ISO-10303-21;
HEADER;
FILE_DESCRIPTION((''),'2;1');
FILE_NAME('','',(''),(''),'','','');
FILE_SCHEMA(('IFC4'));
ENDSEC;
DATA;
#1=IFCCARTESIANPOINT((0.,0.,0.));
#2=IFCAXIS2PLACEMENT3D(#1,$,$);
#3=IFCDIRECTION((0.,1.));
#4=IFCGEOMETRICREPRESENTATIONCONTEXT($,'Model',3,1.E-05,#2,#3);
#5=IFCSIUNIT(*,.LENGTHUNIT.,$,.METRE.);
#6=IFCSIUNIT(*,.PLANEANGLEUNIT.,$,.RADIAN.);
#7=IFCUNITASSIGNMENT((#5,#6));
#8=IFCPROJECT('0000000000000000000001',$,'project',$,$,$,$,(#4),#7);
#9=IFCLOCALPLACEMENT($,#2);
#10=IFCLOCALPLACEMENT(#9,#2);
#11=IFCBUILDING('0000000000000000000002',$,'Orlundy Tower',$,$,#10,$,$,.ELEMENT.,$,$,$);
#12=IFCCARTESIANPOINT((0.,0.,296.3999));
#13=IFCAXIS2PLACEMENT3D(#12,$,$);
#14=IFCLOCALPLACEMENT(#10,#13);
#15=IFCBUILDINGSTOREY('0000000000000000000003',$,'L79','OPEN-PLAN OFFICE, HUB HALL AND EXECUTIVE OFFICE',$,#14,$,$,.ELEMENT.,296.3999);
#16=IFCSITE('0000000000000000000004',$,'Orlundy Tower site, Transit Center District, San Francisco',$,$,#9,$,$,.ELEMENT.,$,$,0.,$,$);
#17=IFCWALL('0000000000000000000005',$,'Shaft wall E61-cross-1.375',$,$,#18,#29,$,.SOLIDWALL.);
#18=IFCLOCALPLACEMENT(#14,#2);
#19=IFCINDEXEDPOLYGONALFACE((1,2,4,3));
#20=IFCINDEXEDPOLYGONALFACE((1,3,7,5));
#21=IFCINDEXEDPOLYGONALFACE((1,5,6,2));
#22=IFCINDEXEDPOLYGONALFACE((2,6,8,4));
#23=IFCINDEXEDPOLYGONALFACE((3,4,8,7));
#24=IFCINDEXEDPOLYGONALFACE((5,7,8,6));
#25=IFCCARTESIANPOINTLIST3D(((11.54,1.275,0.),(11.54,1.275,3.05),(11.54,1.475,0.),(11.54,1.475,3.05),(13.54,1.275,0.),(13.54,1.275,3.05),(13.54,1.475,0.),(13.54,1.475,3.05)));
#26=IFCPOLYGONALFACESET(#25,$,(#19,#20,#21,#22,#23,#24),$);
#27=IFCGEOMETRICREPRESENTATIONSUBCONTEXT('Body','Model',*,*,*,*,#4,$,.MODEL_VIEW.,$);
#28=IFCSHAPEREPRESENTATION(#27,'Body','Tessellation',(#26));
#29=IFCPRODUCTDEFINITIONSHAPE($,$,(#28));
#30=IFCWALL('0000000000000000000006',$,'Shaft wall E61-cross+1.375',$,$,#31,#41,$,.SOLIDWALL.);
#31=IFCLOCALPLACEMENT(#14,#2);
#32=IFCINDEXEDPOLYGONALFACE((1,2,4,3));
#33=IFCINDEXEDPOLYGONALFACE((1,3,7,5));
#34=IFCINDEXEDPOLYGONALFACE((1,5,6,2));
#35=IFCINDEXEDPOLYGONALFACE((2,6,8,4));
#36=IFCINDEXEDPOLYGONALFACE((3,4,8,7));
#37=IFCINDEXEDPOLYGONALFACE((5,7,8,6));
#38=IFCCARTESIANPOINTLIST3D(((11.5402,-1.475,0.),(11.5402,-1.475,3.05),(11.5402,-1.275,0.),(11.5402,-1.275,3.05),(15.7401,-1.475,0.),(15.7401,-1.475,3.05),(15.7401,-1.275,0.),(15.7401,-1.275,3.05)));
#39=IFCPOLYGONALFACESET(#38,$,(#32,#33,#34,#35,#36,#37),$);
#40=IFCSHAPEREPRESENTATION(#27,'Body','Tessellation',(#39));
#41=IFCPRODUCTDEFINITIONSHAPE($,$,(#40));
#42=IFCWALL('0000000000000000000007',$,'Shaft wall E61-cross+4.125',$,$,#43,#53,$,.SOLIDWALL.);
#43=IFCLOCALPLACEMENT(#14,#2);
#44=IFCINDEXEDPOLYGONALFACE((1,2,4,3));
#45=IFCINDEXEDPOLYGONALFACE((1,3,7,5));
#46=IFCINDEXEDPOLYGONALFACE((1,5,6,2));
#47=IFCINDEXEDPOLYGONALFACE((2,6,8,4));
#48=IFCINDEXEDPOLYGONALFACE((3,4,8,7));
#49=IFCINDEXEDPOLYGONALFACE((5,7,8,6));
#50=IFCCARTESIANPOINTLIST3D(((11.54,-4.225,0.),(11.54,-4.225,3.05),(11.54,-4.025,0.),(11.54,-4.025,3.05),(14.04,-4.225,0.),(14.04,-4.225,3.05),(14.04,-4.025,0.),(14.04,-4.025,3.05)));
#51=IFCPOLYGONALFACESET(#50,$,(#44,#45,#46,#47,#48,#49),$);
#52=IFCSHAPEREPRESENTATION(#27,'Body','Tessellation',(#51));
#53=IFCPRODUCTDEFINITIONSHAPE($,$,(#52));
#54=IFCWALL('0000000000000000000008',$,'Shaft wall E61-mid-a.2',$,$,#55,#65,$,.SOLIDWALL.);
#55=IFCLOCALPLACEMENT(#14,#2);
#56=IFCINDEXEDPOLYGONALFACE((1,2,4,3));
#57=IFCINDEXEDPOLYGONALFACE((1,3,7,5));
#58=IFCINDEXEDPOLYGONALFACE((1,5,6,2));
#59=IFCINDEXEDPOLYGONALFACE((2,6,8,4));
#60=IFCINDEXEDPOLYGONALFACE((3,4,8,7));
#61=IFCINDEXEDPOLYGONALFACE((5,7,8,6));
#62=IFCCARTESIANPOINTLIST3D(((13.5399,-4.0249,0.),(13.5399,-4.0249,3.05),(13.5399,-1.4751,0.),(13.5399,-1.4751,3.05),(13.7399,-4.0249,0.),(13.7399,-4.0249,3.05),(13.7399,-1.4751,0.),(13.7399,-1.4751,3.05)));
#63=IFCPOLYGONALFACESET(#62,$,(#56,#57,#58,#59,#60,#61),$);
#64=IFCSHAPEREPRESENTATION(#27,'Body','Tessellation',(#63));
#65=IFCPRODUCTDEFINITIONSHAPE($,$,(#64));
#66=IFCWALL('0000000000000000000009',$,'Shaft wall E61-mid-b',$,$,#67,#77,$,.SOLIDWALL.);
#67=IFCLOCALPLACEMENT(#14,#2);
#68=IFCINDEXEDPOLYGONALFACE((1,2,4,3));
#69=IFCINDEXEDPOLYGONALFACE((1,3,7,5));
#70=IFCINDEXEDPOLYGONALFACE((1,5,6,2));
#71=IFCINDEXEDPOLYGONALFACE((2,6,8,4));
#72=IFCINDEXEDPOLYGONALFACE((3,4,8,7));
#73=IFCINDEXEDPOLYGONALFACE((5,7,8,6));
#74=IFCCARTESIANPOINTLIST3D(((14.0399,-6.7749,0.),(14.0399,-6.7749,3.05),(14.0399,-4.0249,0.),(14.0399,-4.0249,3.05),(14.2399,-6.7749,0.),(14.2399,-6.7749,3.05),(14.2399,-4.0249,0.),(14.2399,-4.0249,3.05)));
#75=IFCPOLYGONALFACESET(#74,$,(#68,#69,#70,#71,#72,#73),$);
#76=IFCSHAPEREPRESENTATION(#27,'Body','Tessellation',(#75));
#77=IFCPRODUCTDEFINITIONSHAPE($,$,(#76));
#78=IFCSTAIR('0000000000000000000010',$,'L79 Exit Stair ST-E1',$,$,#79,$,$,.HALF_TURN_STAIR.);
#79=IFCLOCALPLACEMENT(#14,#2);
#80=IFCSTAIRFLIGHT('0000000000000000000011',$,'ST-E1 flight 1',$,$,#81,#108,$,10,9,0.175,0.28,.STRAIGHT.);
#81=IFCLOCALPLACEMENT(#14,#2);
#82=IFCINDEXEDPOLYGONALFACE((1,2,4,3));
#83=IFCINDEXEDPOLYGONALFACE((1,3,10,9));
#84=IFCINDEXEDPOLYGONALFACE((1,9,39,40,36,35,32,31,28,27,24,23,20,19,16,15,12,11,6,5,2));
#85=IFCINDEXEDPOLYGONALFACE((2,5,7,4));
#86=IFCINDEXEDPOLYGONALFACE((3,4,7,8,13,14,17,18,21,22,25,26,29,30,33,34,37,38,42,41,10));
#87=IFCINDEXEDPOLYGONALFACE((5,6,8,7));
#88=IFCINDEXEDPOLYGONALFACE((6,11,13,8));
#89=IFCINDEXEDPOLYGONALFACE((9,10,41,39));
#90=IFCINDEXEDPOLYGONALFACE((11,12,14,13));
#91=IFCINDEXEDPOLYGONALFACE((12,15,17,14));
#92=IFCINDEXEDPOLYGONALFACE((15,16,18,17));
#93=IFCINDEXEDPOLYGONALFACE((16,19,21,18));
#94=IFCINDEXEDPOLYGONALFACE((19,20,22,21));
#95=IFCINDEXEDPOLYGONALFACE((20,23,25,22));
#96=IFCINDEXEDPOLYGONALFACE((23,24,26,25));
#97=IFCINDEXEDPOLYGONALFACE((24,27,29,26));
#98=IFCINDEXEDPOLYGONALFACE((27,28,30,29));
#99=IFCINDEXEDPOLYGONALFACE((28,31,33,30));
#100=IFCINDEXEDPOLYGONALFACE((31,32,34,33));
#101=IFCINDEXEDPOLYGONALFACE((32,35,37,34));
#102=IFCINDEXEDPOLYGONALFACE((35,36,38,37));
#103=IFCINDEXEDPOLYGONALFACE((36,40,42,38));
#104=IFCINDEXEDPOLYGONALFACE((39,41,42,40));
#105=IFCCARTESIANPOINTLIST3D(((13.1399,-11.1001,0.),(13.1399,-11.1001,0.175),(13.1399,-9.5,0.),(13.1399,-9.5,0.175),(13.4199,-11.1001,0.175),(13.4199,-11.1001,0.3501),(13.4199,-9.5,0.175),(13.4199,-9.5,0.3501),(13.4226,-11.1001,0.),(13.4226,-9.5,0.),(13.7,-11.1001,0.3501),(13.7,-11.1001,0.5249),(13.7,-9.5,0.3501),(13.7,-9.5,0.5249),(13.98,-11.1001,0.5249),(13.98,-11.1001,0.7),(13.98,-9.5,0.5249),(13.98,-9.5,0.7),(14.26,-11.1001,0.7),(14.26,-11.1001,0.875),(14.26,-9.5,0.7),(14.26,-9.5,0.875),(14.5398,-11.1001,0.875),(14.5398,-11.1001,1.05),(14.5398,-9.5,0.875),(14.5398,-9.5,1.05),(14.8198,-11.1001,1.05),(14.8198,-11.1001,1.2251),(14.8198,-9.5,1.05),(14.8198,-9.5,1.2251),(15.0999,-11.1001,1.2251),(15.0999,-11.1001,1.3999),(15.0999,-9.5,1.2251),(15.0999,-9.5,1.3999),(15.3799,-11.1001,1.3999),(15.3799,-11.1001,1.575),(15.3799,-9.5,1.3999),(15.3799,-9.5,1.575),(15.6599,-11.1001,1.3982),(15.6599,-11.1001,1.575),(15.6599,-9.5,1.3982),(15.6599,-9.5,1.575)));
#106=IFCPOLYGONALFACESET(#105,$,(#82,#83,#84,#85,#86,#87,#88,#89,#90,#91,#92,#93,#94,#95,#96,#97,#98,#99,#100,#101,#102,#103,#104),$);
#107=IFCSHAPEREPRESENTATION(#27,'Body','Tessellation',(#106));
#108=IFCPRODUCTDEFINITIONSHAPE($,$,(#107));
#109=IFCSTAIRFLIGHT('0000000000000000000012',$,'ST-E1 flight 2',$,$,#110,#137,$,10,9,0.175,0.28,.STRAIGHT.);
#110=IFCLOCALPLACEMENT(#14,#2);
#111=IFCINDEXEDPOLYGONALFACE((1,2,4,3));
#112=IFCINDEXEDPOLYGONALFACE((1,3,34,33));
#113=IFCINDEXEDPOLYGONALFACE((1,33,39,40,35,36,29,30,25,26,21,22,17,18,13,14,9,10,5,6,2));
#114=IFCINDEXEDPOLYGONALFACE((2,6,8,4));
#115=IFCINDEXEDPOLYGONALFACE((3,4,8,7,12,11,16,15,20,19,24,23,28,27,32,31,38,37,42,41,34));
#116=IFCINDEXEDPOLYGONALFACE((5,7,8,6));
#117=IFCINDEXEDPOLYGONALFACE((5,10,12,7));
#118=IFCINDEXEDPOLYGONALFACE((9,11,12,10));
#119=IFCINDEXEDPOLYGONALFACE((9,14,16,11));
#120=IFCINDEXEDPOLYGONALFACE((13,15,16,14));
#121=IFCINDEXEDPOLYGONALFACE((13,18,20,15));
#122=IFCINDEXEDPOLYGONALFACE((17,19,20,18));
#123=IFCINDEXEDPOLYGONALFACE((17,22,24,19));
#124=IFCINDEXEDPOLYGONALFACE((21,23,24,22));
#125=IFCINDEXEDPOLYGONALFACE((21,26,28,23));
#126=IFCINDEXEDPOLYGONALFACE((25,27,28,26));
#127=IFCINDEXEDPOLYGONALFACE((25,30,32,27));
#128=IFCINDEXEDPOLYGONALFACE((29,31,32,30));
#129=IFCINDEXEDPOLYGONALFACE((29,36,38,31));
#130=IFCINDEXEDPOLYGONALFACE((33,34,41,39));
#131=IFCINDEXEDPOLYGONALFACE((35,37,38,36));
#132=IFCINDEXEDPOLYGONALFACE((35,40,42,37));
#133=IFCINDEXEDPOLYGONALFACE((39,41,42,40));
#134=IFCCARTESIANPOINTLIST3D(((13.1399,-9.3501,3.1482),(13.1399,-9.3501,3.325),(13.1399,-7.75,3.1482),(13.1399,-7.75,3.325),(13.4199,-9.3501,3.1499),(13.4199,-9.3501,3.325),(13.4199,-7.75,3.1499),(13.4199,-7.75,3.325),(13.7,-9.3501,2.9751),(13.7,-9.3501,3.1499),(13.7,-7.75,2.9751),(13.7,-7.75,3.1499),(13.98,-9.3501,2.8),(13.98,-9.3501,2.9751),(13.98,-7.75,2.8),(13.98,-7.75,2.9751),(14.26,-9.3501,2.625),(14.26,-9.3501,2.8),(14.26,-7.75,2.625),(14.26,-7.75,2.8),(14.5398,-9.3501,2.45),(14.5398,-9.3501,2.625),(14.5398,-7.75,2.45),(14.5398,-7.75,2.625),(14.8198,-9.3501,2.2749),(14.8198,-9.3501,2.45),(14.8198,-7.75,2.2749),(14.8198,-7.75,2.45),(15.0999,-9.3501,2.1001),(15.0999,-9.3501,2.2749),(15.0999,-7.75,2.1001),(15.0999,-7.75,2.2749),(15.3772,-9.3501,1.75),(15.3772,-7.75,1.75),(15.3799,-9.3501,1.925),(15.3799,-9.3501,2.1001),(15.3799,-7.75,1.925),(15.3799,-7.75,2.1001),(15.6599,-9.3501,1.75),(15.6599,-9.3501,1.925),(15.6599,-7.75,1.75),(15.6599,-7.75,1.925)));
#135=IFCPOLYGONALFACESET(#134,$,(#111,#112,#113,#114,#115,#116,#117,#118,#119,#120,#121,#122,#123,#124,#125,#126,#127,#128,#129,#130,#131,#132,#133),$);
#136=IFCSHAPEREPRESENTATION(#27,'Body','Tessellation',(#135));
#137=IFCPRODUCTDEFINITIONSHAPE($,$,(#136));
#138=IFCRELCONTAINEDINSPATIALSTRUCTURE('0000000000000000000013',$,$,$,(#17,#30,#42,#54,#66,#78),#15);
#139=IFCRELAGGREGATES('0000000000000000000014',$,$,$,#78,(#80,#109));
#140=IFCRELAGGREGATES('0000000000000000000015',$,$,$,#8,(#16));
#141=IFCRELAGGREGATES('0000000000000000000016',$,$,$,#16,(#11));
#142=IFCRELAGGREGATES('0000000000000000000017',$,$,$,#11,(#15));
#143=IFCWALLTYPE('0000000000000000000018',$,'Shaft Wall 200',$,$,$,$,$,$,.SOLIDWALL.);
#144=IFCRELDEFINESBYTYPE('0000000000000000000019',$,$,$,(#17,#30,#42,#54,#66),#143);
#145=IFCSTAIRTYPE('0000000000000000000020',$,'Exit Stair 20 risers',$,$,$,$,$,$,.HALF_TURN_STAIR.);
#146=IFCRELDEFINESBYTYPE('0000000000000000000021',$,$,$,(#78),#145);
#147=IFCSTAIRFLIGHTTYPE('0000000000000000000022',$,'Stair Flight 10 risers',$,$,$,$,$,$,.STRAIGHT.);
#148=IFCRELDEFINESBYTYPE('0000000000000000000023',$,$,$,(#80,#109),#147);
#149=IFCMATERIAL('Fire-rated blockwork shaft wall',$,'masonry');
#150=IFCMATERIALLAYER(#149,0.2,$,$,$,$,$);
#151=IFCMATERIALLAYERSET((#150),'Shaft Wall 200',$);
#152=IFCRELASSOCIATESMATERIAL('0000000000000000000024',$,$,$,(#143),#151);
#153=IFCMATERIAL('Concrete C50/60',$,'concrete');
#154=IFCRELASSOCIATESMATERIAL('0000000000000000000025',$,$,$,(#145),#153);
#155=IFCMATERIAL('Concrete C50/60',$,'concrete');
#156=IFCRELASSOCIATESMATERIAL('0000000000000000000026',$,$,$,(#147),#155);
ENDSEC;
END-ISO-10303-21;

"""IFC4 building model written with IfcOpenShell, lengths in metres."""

from ifc_helpers import new_model, si_unit, direction, frame, frame_2d, origin, place, context, subcontext, project, spatial, polyline, rectangle, outline, extrude, material, layer, layer_set, type_object, element, aggregate, save


model = new_model("IFC4")

# Units and contexts
model_context = context("Model", 3, precision=1e-05, world=origin(), true_north=direction((0.0, 1.0)))
body_context = subcontext(model_context, "Body", "Model", "MODEL_VIEW")
ifc_project = project(units=[si_unit("LENGTHUNIT", "METRE"), si_unit("PLANEANGLEUNIT", "RADIAN")], contexts=[model_context])

# Site, building, storey
site_placement = place(None, origin())
site = spatial("IfcSite", under=ifc_project, at=site_placement, Name="Orlundy Tower site, Transit Center District, San Francisco", CompositionType="ELEMENT", RefElevation=0.0)
building_placement = place(site_placement, origin())
building = spatial("IfcBuilding", under=site, at=building_placement, Name="Orlundy Tower", CompositionType="ELEMENT")
storey_placement = place(building_placement, frame((0.0, 0.0, 296.3999)))
storey = spatial("IfcBuildingStorey", under=building, at=storey_placement, Name="L79", Description="OPEN-PLAN OFFICE, HUB HALL AND EXECUTIVE OFFICE", CompositionType="ELEMENT", Elevation=296.3999)

# Walls
ifc_material_1 = material(Name="Fire-rated blockwork shaft wall", Category="masonry")
ifc_layer_1 = layer(ifc_material_1, 0.2)
ifc_layer_set_1 = layer_set([ifc_layer_1], Name="Shaft Wall 200")
wall_type_1 = type_object("IfcWallType", Name="Shaft Wall 200", PredefinedType="SOLIDWALL", material=ifc_layer_set_1)
wall_1_placement = place(storey_placement, frame((11.54, 1.375, 0.0), z_axis=(0.0, 0.0, 1.0), x_axis=(1.0, 0.0, 0.0)))
element("IfcWall", 1, at=wall_1_placement, inside=storey, type_object=wall_type_1, Name="Shaft wall E61-cross-1.375", PredefinedType="SOLIDWALL", context=body_context, shape_type="SweptSolid", body=[
    extrude(rectangle(XDim=2.0, YDim=0.2, at=frame_2d((1.0, 0.0))), origin(), (0.0, 0.0, 1.0), 3.05),
])
wall_2_placement = place(storey_placement, frame((11.54, -1.375, 0.0), z_axis=(0.0, 0.0, 1.0), x_axis=(1.0, 0.0, 0.0)))
element("IfcWall", 2, at=wall_2_placement, inside=storey, type_object=wall_type_1, Name="Shaft wall E61-cross+1.375", PredefinedType="SOLIDWALL", context=body_context, shape_type="SweptSolid", body=[
    extrude(rectangle(XDim=4.2, YDim=0.2, at=frame_2d((2.1001, 0.0))), origin(), (0.0, 0.0, 1.0), 3.05),
])
wall_3_placement = place(storey_placement, frame((11.54, -4.125, 0.0), z_axis=(0.0, 0.0, 1.0), x_axis=(1.0, 0.0, 0.0)))
element("IfcWall", 3, at=wall_3_placement, inside=storey, type_object=wall_type_1, Name="Shaft wall E61-cross+4.125", PredefinedType="SOLIDWALL", context=body_context, shape_type="SweptSolid", body=[
    extrude(rectangle(XDim=2.5, YDim=0.2, at=frame_2d((1.25, 0.0))), origin(), (0.0, 0.0, 1.0), 3.05),
])
wall_4_placement = place(storey_placement, frame((13.6399, -1.4751, 0.0), z_axis=(0.0, 0.0, 1.0), x_axis=(0.0, -1.0, 0.0)))
element("IfcWall", 4, at=wall_4_placement, inside=storey, type_object=wall_type_1, Name="Shaft wall E61-mid-a.2", PredefinedType="SOLIDWALL", context=body_context, shape_type="SweptSolid", body=[
    extrude(rectangle(XDim=2.5498, YDim=0.2, at=frame_2d((1.2749, 0.0))), origin(), (0.0, 0.0, 1.0), 3.05),
])
wall_5_placement = place(storey_placement, frame((14.1399, -4.0249, 0.0), z_axis=(0.0, 0.0, 1.0), x_axis=(0.0, -1.0, 0.0)))
element("IfcWall", 5, at=wall_5_placement, inside=storey, type_object=wall_type_1, Name="Shaft wall E61-mid-b", PredefinedType="SOLIDWALL", context=body_context, shape_type="SweptSolid", body=[
    extrude(rectangle(XDim=2.75, YDim=0.2, at=frame_2d((1.375, 0.0))), origin(), (0.0, 0.0, 1.0), 3.05),
])

# Stair, stair flights
ifc_material_2 = material(Name="Concrete C50/60", Category="concrete")
stair_type = type_object("IfcStairType", Name="Exit Stair 20 risers", PredefinedType="HALF_TURN_STAIR", material=ifc_material_2)
stair_placement = place(storey_placement, origin())
stair = element("IfcStair", 6, at=stair_placement, inside=storey, type_object=stair_type, Name="L79 Exit Stair ST-E1", PredefinedType="HALF_TURN_STAIR")
ifc_material_3 = material(Name="Concrete C50/60", Category="concrete")
stair_flight_type = type_object("IfcStairFlightType", Name="Stair Flight 10 risers", PredefinedType="STRAIGHT", material=ifc_material_3)
stair_flight_1_placement = place(storey_placement, frame((13.1399, -10.3, 0.0), z_axis=(0.0, 0.0, 1.0), x_axis=(1.0, 0.0, 0.0)))
stair_flight_1 = element("IfcStairFlight", 7, at=stair_flight_1_placement, type_object=stair_flight_type, Name="ST-E1 flight 1", NumberOfRisers=10, NumberOfTreads=9, PredefinedType="STRAIGHT", RiserHeight=0.175, TreadLength=0.28, context=body_context, shape_type="SweptSolid", body=[
    extrude(outline(polyline([(0.0, 0.0), (0.0, 0.175), (0.28, 0.175), (0.28, 0.3501), (0.5601, 0.3501), (0.5601, 0.5249), (0.8401, 0.5249), (0.8401, 0.7), (1.1201, 0.7), (1.1201, 0.875), (1.3999, 0.875), (1.3999, 1.05), (1.6799, 1.05), (1.6799, 1.2251), (1.96, 1.2251), (1.96, 1.3999), (2.24, 1.3999), (2.24, 1.575), (2.52, 1.575), (2.52, 1.75), (2.52, 1.3982), (0.2827, 0.0), (0.0, 0.0)])), frame((0.0, 0.8, 0.0), z_axis=(0.0, -1.0, 0.0), x_axis=(1.0, 0.0, 0.0)), (0.0, 0.0, 1.0), 1.6001),
])
stair_flight_2_placement = place(storey_placement, frame((15.6599, -8.55, 1.75), z_axis=(0.0, 0.0, 1.0), x_axis=(-1.0, 0.0, 0.0)))
stair_flight_2 = element("IfcStairFlight", 8, at=stair_flight_2_placement, type_object=stair_flight_type, Name="ST-E1 flight 2", NumberOfRisers=10, NumberOfTreads=9, PredefinedType="STRAIGHT", RiserHeight=0.175, TreadLength=0.28, context=body_context, shape_type="SweptSolid", body=[
    extrude(outline(polyline([(0.0, 0.0), (0.0, 0.175), (0.28, 0.175), (0.28, 0.3501), (0.5601, 0.3501), (0.5601, 0.5249), (0.8401, 0.5249), (0.8401, 0.7), (1.1201, 0.7), (1.1201, 0.875), (1.3999, 0.875), (1.3999, 1.05), (1.6799, 1.05), (1.6799, 1.2251), (1.96, 1.2251), (1.96, 1.3999), (2.24, 1.3999), (2.24, 1.575), (2.52, 1.575), (2.52, 1.75), (2.52, 1.3982), (0.2827, 0.0), (0.0, 0.0)])), frame((0.0, 0.8, 0.0), z_axis=(0.0, -1.0, 0.0), x_axis=(1.0, 0.0, 0.0)), (0.0, 0.0, 1.0), 1.6001),
])
aggregate(stair, [stair_flight_1, stair_flight_2])

save(model, "model.ifc")
